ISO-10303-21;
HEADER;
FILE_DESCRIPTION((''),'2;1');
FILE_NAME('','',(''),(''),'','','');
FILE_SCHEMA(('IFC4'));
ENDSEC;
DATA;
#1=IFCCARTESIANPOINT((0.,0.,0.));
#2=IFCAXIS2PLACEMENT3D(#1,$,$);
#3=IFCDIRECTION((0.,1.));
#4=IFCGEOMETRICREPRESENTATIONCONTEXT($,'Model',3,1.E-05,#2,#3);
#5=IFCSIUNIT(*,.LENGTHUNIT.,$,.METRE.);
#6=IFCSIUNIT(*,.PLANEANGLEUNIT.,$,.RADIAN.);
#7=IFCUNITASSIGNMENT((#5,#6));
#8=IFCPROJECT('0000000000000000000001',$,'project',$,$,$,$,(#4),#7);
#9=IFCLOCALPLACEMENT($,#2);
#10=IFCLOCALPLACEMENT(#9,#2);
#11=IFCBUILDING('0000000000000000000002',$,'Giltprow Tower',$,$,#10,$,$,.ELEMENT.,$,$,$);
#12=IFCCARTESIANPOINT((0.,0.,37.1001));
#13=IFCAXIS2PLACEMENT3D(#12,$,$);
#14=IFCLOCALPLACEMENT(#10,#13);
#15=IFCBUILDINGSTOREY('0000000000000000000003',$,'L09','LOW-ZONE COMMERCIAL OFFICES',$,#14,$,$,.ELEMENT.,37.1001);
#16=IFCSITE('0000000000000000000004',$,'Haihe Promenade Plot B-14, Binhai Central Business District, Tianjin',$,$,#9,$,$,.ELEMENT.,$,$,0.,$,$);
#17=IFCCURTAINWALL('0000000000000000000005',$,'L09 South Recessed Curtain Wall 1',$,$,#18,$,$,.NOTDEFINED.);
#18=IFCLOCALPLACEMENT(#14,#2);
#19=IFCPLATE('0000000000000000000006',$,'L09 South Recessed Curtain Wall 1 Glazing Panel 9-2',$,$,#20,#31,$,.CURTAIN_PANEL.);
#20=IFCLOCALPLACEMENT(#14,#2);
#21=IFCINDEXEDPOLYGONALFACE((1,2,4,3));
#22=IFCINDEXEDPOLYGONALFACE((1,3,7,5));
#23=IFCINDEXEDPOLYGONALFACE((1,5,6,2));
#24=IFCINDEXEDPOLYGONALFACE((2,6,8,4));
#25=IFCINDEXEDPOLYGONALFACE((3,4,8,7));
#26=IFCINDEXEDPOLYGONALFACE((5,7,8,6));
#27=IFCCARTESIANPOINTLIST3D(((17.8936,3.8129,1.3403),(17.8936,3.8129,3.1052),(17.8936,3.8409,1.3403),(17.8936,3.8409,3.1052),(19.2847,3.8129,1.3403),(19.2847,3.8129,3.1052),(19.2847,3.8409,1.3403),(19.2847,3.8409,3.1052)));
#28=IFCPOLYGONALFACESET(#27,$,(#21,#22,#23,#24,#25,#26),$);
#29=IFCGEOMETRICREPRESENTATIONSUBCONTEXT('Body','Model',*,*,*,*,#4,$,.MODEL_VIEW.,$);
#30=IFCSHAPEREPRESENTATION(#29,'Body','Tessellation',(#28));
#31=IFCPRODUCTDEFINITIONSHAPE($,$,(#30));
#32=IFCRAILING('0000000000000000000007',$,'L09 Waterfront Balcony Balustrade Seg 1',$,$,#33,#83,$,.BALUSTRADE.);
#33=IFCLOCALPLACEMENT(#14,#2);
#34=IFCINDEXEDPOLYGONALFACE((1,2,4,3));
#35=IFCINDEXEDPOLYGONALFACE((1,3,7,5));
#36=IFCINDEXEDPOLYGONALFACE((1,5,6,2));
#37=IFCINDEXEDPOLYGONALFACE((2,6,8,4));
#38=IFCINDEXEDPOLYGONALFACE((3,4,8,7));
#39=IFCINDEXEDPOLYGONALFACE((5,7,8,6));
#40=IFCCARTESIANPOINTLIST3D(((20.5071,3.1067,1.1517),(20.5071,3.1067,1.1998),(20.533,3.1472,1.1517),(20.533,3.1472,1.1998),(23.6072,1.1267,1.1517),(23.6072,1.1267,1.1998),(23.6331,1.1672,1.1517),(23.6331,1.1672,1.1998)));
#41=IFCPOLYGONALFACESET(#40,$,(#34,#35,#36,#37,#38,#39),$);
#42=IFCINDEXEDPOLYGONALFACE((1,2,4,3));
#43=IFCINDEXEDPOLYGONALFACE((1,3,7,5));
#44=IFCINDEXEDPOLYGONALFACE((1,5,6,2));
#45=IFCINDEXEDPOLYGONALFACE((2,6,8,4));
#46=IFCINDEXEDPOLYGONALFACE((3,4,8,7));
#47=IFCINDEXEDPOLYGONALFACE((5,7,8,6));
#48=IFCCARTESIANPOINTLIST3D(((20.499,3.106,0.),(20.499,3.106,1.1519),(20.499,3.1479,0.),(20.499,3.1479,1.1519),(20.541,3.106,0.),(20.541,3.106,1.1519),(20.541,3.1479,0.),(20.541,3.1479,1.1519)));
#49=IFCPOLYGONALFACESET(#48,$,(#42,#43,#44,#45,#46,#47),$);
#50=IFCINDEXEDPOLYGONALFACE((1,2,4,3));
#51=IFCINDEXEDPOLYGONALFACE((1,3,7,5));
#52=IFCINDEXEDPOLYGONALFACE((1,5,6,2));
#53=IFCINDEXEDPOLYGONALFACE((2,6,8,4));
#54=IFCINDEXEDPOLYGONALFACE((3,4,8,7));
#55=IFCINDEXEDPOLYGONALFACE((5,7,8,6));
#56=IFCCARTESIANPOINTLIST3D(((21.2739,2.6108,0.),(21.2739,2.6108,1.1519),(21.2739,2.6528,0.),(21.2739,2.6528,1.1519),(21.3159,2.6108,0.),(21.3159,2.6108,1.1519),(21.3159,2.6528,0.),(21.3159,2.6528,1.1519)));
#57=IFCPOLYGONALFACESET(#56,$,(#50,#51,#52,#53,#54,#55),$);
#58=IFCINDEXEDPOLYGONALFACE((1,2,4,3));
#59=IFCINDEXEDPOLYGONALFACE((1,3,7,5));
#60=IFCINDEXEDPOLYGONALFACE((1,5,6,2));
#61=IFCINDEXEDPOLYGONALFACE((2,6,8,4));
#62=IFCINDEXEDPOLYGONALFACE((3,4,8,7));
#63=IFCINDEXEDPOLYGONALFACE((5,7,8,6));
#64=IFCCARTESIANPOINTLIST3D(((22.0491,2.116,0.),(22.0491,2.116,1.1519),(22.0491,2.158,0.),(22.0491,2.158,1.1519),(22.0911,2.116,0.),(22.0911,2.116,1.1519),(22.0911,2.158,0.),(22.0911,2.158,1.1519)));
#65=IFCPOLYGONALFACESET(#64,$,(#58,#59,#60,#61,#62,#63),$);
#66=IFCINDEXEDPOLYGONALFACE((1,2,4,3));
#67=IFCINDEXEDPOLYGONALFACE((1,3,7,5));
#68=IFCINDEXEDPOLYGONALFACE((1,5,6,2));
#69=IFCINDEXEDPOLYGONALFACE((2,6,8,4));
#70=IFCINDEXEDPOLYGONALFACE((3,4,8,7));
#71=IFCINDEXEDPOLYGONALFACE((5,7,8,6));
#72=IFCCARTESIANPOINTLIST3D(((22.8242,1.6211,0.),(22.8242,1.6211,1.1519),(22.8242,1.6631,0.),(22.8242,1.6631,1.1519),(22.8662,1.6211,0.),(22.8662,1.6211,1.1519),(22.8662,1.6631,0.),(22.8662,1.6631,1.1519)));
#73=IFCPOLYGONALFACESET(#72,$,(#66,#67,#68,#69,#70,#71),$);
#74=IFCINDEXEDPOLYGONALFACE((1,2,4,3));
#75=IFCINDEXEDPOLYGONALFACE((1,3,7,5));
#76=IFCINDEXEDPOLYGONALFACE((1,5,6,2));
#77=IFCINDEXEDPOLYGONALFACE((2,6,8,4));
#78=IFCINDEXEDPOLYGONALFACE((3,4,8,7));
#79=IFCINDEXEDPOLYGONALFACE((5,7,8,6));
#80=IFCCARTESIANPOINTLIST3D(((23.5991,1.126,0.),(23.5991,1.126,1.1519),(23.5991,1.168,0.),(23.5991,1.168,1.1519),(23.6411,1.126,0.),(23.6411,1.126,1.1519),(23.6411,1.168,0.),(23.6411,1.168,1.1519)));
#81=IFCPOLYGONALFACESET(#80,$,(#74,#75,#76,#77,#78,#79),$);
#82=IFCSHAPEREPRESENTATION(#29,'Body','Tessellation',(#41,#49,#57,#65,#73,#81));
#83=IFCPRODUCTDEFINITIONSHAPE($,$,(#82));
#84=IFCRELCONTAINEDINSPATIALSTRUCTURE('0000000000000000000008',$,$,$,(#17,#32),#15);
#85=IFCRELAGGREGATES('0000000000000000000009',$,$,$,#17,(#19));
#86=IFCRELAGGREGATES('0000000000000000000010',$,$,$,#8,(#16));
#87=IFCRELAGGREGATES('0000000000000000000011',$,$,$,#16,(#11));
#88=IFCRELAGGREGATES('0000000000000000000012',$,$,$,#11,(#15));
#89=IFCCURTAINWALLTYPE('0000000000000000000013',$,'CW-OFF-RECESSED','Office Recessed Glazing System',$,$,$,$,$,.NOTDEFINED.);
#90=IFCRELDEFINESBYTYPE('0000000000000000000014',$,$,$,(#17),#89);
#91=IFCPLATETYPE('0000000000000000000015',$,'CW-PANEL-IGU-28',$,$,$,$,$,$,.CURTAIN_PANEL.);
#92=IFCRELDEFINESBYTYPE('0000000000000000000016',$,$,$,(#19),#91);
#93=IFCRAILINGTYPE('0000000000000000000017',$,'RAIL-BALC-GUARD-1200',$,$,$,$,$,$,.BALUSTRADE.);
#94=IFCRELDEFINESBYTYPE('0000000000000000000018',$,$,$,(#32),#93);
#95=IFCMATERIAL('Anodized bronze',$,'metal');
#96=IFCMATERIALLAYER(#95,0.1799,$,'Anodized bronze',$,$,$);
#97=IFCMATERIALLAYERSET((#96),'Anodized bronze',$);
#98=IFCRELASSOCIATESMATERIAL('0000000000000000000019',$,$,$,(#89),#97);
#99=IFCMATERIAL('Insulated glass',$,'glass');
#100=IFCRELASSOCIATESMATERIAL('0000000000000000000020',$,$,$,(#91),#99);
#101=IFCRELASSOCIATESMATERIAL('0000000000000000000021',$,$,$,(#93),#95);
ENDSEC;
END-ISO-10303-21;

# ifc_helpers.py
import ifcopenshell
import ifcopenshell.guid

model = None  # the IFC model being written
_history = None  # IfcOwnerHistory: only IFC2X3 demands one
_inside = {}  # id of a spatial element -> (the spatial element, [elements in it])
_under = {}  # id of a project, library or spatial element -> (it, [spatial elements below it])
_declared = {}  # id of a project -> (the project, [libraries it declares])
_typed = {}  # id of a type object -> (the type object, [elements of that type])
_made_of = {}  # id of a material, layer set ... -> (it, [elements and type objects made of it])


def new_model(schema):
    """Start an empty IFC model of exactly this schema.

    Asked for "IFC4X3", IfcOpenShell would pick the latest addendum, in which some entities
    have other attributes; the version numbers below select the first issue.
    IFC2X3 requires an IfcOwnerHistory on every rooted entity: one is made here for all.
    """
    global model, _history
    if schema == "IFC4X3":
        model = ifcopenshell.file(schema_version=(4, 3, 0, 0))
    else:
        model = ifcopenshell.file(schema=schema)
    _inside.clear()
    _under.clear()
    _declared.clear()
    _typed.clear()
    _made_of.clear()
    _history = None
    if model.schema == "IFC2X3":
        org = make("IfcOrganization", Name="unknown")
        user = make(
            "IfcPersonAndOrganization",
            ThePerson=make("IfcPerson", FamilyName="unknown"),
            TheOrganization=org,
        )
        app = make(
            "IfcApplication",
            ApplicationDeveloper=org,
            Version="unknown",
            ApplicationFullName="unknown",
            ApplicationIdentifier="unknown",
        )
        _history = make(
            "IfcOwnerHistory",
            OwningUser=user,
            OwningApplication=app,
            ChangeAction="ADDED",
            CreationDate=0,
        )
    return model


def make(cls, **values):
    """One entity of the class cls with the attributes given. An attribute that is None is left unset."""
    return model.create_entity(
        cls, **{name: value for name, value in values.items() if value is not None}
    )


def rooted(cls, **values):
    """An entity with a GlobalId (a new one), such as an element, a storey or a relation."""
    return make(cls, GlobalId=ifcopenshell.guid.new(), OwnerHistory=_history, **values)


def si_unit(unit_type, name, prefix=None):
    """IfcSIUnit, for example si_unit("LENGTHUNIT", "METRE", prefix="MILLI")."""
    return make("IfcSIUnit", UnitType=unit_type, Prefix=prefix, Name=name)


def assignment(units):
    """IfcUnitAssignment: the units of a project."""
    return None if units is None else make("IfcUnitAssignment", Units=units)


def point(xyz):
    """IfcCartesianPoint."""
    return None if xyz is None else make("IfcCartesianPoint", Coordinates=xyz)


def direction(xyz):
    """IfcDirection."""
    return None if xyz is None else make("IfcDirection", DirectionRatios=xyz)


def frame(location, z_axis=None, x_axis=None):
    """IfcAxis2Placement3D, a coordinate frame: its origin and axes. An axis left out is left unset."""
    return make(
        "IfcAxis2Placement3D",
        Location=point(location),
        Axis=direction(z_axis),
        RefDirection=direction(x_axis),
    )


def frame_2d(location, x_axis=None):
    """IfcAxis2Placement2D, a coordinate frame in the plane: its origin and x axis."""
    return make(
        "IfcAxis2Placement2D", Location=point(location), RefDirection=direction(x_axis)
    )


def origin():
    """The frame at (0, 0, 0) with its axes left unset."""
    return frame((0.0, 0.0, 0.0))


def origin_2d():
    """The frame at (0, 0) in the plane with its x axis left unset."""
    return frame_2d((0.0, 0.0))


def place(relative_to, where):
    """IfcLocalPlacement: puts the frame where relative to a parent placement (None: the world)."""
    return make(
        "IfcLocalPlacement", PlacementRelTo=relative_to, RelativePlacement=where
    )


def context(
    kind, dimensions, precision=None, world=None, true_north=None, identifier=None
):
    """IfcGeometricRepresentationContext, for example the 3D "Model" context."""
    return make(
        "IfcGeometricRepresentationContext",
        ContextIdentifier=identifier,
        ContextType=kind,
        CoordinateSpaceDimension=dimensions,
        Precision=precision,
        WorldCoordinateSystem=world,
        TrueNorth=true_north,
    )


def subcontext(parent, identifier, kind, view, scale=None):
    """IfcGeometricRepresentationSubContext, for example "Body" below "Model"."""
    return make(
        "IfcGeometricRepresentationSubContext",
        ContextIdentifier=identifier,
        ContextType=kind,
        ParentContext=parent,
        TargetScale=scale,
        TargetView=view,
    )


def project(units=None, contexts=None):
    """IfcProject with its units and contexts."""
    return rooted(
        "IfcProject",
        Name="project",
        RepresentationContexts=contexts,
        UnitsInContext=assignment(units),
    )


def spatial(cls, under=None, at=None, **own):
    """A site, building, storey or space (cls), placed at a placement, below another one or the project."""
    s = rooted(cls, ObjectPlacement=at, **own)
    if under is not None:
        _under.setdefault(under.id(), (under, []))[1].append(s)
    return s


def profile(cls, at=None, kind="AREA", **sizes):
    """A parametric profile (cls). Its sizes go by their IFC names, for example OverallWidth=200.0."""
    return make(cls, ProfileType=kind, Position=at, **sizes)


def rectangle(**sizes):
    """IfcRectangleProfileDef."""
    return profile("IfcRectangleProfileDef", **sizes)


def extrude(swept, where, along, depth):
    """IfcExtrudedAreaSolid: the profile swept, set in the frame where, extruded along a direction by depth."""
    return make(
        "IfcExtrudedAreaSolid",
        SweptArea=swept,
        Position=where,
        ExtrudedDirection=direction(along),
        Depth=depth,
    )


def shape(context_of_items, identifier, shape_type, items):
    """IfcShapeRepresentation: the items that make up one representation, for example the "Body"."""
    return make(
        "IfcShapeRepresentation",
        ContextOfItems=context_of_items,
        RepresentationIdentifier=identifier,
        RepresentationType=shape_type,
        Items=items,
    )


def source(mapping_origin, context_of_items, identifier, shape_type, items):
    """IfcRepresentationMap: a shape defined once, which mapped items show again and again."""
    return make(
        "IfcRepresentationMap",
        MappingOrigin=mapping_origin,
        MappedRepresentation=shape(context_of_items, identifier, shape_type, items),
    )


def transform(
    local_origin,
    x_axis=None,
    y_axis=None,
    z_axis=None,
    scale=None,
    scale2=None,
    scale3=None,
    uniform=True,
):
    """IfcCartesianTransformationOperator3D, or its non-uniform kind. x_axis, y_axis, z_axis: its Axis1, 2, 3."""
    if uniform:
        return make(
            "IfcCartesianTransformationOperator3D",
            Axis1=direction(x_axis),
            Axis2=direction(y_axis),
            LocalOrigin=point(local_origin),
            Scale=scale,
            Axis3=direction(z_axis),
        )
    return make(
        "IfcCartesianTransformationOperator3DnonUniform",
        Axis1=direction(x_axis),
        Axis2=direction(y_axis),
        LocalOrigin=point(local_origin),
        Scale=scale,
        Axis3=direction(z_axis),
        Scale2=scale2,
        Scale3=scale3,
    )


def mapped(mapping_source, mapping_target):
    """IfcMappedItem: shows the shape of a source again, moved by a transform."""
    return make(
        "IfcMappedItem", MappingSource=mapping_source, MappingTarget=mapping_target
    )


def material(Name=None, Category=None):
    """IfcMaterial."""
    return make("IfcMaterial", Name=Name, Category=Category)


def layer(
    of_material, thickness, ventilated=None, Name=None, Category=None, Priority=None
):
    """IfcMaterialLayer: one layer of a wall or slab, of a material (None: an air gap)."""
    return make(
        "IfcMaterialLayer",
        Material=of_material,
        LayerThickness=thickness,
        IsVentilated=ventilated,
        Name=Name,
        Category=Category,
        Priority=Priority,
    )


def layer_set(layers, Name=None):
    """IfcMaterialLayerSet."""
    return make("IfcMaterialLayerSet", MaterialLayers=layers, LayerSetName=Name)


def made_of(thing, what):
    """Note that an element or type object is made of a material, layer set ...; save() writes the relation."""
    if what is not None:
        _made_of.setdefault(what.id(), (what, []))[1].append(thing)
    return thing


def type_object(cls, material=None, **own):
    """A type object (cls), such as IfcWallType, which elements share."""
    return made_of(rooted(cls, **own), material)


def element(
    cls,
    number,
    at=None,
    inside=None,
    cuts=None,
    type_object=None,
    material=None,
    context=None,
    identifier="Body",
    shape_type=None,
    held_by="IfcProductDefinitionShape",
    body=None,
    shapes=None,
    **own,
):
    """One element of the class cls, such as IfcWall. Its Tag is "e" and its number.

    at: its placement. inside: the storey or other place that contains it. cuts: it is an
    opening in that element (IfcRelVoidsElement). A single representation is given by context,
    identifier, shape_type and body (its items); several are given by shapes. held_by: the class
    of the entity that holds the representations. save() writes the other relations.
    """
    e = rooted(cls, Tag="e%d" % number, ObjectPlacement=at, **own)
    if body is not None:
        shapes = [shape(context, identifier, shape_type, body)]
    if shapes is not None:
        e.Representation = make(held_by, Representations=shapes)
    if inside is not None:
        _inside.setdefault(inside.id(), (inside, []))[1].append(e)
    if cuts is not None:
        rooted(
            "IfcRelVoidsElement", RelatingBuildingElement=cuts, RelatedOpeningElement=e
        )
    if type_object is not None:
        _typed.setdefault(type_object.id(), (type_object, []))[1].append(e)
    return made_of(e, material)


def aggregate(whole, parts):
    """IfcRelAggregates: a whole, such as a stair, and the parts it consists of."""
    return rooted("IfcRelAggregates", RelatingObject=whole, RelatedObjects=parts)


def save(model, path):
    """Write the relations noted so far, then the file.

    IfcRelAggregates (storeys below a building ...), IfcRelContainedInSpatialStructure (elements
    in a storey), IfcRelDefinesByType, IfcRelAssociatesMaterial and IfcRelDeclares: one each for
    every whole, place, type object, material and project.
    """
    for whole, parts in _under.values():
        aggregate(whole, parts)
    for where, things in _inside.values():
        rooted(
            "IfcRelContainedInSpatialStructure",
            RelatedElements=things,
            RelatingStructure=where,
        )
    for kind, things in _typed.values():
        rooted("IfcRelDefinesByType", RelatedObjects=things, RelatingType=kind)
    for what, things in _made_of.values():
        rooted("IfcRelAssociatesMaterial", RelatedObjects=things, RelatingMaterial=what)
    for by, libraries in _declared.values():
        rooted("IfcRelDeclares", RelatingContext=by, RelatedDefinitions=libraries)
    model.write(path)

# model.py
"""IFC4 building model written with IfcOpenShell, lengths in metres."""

from ifc_helpers import new_model, si_unit, direction, frame, origin, origin_2d, place, context, subcontext, project, spatial, rectangle, extrude, source, transform, mapped, material, layer, layer_set, type_object, element, aggregate, save


model = new_model("IFC4")

# Units and contexts
model_context = context("Model", 3, precision=1e-05, world=origin(), true_north=direction((0.0, 1.0)))
body_context = subcontext(model_context, "Body", "Model", "MODEL_VIEW")
ifc_project = project(units=[si_unit("LENGTHUNIT", "METRE"), si_unit("PLANEANGLEUNIT", "RADIAN")], contexts=[model_context])

# Site, building, storey
site_placement = place(None, origin())
site = spatial("IfcSite", under=ifc_project, at=site_placement, Name="Haihe Promenade Plot B-14, Binhai Central Business District, Tianjin", CompositionType="ELEMENT", RefElevation=0.0)
building_placement = place(site_placement, origin())
building = spatial("IfcBuilding", under=site, at=building_placement, Name="Giltprow Tower", CompositionType="ELEMENT")
storey_placement = place(building_placement, frame((0.0, 0.0, 37.1001)))
storey = spatial("IfcBuildingStorey", under=building, at=storey_placement, Name="L09", Description="LOW-ZONE COMMERCIAL OFFICES", CompositionType="ELEMENT", Elevation=37.1001)

# Curtain wall, plate
ifc_material_1 = material(Name="Anodized bronze", Category="metal")
ifc_layer = layer(ifc_material_1, 0.1799, Name="Anodized bronze")
ifc_layer_set = layer_set([ifc_layer], Name="Anodized bronze")
curtain_wall_type = type_object("IfcCurtainWallType", Name="CW-OFF-RECESSED", Description="Office Recessed Glazing System", PredefinedType="NOTDEFINED", material=ifc_layer_set)
curtain_wall_placement = place(storey_placement, origin())
curtain_wall = element("IfcCurtainWall", 1, at=curtain_wall_placement, inside=storey, type_object=curtain_wall_type, Name="L09 South Recessed Curtain Wall 1", PredefinedType="NOTDEFINED")
ifc_material_2 = material(Name="Insulated glass", Category="glass")
plate_type = type_object("IfcPlateType", Name="CW-PANEL-IGU-28", PredefinedType="CURTAIN_PANEL", material=ifc_material_2)
shared_shape_1 = source(origin(), body_context, "Body", "SweptSolid", [
    extrude(rectangle(XDim=1.3911, YDim=0.0281, at=origin_2d()), origin(), (0.0, 0.0, 1.0), 1.7649),
])
plate_1_placement = place(storey_placement, frame((18.5891, 3.8269, 1.3403), z_axis=(0.0, 0.0, 1.0), x_axis=(1.0, 0.0, 0.0)))
plate_1 = element("IfcPlate", 2, at=plate_1_placement, type_object=plate_type, Name="L09 South Recessed Curtain Wall 1 Glazing Panel 9-2", PredefinedType="CURTAIN_PANEL", context=body_context, shape_type="MappedRepresentation", body=[
    mapped(shared_shape_1, transform((0.0, 0.0, 0.0), x_axis=(1.0, 0.0, 0.0), y_axis=(0.0, 1.0, 0.0), z_axis=(0.0, 0.0, 1.0), scale=1.0)),
])
aggregate(curtain_wall, [plate_1])

# Railing
railing_type = type_object("IfcRailingType", Name="RAIL-BALC-GUARD-1200", PredefinedType="BALUSTRADE", material=ifc_material_1)
railing_1_placement = place(storey_placement, frame((20.52, 3.127, 0.0)))
element("IfcRailing", 3, at=railing_1_placement, inside=storey, type_object=railing_type, Name="L09 Waterfront Balcony Balustrade Seg 1", PredefinedType="BALUSTRADE", context=body_context, shape_type="SweptSolid", body=[
    extrude(rectangle(XDim=0.0481, YDim=0.0481, at=origin_2d()), frame((0.0, 0.0, 1.1758), z_axis=(0.842775, -0.538266, 0.0), x_axis=(0.538266, 0.842775, 0.0)), (0.0, 0.0, 1.0), 3.6785),
    extrude(rectangle(XDim=0.042, YDim=0.042, at=origin_2d()), origin(), (0.0, 0.0, 1.0), 1.1519),
    extrude(rectangle(XDim=0.042, YDim=0.042, at=origin_2d()), frame((0.7749, -0.4951, 0.0)), (0.0, 0.0, 1.0), 1.1519),
    extrude(rectangle(XDim=0.042, YDim=0.042, at=origin_2d()), frame((1.55, -0.99, 0.0)), (0.0, 0.0, 1.0), 1.1519),
    extrude(rectangle(XDim=0.042, YDim=0.042, at=origin_2d()), frame((2.3252, -1.4849, 0.0)), (0.0, 0.0, 1.0), 1.1519),
    extrude(rectangle(XDim=0.042, YDim=0.042, at=origin_2d()), frame((3.1001, -1.98, 0.0)), (0.0, 0.0, 1.0), 1.1519),
])

save(model, "model.ifc")
